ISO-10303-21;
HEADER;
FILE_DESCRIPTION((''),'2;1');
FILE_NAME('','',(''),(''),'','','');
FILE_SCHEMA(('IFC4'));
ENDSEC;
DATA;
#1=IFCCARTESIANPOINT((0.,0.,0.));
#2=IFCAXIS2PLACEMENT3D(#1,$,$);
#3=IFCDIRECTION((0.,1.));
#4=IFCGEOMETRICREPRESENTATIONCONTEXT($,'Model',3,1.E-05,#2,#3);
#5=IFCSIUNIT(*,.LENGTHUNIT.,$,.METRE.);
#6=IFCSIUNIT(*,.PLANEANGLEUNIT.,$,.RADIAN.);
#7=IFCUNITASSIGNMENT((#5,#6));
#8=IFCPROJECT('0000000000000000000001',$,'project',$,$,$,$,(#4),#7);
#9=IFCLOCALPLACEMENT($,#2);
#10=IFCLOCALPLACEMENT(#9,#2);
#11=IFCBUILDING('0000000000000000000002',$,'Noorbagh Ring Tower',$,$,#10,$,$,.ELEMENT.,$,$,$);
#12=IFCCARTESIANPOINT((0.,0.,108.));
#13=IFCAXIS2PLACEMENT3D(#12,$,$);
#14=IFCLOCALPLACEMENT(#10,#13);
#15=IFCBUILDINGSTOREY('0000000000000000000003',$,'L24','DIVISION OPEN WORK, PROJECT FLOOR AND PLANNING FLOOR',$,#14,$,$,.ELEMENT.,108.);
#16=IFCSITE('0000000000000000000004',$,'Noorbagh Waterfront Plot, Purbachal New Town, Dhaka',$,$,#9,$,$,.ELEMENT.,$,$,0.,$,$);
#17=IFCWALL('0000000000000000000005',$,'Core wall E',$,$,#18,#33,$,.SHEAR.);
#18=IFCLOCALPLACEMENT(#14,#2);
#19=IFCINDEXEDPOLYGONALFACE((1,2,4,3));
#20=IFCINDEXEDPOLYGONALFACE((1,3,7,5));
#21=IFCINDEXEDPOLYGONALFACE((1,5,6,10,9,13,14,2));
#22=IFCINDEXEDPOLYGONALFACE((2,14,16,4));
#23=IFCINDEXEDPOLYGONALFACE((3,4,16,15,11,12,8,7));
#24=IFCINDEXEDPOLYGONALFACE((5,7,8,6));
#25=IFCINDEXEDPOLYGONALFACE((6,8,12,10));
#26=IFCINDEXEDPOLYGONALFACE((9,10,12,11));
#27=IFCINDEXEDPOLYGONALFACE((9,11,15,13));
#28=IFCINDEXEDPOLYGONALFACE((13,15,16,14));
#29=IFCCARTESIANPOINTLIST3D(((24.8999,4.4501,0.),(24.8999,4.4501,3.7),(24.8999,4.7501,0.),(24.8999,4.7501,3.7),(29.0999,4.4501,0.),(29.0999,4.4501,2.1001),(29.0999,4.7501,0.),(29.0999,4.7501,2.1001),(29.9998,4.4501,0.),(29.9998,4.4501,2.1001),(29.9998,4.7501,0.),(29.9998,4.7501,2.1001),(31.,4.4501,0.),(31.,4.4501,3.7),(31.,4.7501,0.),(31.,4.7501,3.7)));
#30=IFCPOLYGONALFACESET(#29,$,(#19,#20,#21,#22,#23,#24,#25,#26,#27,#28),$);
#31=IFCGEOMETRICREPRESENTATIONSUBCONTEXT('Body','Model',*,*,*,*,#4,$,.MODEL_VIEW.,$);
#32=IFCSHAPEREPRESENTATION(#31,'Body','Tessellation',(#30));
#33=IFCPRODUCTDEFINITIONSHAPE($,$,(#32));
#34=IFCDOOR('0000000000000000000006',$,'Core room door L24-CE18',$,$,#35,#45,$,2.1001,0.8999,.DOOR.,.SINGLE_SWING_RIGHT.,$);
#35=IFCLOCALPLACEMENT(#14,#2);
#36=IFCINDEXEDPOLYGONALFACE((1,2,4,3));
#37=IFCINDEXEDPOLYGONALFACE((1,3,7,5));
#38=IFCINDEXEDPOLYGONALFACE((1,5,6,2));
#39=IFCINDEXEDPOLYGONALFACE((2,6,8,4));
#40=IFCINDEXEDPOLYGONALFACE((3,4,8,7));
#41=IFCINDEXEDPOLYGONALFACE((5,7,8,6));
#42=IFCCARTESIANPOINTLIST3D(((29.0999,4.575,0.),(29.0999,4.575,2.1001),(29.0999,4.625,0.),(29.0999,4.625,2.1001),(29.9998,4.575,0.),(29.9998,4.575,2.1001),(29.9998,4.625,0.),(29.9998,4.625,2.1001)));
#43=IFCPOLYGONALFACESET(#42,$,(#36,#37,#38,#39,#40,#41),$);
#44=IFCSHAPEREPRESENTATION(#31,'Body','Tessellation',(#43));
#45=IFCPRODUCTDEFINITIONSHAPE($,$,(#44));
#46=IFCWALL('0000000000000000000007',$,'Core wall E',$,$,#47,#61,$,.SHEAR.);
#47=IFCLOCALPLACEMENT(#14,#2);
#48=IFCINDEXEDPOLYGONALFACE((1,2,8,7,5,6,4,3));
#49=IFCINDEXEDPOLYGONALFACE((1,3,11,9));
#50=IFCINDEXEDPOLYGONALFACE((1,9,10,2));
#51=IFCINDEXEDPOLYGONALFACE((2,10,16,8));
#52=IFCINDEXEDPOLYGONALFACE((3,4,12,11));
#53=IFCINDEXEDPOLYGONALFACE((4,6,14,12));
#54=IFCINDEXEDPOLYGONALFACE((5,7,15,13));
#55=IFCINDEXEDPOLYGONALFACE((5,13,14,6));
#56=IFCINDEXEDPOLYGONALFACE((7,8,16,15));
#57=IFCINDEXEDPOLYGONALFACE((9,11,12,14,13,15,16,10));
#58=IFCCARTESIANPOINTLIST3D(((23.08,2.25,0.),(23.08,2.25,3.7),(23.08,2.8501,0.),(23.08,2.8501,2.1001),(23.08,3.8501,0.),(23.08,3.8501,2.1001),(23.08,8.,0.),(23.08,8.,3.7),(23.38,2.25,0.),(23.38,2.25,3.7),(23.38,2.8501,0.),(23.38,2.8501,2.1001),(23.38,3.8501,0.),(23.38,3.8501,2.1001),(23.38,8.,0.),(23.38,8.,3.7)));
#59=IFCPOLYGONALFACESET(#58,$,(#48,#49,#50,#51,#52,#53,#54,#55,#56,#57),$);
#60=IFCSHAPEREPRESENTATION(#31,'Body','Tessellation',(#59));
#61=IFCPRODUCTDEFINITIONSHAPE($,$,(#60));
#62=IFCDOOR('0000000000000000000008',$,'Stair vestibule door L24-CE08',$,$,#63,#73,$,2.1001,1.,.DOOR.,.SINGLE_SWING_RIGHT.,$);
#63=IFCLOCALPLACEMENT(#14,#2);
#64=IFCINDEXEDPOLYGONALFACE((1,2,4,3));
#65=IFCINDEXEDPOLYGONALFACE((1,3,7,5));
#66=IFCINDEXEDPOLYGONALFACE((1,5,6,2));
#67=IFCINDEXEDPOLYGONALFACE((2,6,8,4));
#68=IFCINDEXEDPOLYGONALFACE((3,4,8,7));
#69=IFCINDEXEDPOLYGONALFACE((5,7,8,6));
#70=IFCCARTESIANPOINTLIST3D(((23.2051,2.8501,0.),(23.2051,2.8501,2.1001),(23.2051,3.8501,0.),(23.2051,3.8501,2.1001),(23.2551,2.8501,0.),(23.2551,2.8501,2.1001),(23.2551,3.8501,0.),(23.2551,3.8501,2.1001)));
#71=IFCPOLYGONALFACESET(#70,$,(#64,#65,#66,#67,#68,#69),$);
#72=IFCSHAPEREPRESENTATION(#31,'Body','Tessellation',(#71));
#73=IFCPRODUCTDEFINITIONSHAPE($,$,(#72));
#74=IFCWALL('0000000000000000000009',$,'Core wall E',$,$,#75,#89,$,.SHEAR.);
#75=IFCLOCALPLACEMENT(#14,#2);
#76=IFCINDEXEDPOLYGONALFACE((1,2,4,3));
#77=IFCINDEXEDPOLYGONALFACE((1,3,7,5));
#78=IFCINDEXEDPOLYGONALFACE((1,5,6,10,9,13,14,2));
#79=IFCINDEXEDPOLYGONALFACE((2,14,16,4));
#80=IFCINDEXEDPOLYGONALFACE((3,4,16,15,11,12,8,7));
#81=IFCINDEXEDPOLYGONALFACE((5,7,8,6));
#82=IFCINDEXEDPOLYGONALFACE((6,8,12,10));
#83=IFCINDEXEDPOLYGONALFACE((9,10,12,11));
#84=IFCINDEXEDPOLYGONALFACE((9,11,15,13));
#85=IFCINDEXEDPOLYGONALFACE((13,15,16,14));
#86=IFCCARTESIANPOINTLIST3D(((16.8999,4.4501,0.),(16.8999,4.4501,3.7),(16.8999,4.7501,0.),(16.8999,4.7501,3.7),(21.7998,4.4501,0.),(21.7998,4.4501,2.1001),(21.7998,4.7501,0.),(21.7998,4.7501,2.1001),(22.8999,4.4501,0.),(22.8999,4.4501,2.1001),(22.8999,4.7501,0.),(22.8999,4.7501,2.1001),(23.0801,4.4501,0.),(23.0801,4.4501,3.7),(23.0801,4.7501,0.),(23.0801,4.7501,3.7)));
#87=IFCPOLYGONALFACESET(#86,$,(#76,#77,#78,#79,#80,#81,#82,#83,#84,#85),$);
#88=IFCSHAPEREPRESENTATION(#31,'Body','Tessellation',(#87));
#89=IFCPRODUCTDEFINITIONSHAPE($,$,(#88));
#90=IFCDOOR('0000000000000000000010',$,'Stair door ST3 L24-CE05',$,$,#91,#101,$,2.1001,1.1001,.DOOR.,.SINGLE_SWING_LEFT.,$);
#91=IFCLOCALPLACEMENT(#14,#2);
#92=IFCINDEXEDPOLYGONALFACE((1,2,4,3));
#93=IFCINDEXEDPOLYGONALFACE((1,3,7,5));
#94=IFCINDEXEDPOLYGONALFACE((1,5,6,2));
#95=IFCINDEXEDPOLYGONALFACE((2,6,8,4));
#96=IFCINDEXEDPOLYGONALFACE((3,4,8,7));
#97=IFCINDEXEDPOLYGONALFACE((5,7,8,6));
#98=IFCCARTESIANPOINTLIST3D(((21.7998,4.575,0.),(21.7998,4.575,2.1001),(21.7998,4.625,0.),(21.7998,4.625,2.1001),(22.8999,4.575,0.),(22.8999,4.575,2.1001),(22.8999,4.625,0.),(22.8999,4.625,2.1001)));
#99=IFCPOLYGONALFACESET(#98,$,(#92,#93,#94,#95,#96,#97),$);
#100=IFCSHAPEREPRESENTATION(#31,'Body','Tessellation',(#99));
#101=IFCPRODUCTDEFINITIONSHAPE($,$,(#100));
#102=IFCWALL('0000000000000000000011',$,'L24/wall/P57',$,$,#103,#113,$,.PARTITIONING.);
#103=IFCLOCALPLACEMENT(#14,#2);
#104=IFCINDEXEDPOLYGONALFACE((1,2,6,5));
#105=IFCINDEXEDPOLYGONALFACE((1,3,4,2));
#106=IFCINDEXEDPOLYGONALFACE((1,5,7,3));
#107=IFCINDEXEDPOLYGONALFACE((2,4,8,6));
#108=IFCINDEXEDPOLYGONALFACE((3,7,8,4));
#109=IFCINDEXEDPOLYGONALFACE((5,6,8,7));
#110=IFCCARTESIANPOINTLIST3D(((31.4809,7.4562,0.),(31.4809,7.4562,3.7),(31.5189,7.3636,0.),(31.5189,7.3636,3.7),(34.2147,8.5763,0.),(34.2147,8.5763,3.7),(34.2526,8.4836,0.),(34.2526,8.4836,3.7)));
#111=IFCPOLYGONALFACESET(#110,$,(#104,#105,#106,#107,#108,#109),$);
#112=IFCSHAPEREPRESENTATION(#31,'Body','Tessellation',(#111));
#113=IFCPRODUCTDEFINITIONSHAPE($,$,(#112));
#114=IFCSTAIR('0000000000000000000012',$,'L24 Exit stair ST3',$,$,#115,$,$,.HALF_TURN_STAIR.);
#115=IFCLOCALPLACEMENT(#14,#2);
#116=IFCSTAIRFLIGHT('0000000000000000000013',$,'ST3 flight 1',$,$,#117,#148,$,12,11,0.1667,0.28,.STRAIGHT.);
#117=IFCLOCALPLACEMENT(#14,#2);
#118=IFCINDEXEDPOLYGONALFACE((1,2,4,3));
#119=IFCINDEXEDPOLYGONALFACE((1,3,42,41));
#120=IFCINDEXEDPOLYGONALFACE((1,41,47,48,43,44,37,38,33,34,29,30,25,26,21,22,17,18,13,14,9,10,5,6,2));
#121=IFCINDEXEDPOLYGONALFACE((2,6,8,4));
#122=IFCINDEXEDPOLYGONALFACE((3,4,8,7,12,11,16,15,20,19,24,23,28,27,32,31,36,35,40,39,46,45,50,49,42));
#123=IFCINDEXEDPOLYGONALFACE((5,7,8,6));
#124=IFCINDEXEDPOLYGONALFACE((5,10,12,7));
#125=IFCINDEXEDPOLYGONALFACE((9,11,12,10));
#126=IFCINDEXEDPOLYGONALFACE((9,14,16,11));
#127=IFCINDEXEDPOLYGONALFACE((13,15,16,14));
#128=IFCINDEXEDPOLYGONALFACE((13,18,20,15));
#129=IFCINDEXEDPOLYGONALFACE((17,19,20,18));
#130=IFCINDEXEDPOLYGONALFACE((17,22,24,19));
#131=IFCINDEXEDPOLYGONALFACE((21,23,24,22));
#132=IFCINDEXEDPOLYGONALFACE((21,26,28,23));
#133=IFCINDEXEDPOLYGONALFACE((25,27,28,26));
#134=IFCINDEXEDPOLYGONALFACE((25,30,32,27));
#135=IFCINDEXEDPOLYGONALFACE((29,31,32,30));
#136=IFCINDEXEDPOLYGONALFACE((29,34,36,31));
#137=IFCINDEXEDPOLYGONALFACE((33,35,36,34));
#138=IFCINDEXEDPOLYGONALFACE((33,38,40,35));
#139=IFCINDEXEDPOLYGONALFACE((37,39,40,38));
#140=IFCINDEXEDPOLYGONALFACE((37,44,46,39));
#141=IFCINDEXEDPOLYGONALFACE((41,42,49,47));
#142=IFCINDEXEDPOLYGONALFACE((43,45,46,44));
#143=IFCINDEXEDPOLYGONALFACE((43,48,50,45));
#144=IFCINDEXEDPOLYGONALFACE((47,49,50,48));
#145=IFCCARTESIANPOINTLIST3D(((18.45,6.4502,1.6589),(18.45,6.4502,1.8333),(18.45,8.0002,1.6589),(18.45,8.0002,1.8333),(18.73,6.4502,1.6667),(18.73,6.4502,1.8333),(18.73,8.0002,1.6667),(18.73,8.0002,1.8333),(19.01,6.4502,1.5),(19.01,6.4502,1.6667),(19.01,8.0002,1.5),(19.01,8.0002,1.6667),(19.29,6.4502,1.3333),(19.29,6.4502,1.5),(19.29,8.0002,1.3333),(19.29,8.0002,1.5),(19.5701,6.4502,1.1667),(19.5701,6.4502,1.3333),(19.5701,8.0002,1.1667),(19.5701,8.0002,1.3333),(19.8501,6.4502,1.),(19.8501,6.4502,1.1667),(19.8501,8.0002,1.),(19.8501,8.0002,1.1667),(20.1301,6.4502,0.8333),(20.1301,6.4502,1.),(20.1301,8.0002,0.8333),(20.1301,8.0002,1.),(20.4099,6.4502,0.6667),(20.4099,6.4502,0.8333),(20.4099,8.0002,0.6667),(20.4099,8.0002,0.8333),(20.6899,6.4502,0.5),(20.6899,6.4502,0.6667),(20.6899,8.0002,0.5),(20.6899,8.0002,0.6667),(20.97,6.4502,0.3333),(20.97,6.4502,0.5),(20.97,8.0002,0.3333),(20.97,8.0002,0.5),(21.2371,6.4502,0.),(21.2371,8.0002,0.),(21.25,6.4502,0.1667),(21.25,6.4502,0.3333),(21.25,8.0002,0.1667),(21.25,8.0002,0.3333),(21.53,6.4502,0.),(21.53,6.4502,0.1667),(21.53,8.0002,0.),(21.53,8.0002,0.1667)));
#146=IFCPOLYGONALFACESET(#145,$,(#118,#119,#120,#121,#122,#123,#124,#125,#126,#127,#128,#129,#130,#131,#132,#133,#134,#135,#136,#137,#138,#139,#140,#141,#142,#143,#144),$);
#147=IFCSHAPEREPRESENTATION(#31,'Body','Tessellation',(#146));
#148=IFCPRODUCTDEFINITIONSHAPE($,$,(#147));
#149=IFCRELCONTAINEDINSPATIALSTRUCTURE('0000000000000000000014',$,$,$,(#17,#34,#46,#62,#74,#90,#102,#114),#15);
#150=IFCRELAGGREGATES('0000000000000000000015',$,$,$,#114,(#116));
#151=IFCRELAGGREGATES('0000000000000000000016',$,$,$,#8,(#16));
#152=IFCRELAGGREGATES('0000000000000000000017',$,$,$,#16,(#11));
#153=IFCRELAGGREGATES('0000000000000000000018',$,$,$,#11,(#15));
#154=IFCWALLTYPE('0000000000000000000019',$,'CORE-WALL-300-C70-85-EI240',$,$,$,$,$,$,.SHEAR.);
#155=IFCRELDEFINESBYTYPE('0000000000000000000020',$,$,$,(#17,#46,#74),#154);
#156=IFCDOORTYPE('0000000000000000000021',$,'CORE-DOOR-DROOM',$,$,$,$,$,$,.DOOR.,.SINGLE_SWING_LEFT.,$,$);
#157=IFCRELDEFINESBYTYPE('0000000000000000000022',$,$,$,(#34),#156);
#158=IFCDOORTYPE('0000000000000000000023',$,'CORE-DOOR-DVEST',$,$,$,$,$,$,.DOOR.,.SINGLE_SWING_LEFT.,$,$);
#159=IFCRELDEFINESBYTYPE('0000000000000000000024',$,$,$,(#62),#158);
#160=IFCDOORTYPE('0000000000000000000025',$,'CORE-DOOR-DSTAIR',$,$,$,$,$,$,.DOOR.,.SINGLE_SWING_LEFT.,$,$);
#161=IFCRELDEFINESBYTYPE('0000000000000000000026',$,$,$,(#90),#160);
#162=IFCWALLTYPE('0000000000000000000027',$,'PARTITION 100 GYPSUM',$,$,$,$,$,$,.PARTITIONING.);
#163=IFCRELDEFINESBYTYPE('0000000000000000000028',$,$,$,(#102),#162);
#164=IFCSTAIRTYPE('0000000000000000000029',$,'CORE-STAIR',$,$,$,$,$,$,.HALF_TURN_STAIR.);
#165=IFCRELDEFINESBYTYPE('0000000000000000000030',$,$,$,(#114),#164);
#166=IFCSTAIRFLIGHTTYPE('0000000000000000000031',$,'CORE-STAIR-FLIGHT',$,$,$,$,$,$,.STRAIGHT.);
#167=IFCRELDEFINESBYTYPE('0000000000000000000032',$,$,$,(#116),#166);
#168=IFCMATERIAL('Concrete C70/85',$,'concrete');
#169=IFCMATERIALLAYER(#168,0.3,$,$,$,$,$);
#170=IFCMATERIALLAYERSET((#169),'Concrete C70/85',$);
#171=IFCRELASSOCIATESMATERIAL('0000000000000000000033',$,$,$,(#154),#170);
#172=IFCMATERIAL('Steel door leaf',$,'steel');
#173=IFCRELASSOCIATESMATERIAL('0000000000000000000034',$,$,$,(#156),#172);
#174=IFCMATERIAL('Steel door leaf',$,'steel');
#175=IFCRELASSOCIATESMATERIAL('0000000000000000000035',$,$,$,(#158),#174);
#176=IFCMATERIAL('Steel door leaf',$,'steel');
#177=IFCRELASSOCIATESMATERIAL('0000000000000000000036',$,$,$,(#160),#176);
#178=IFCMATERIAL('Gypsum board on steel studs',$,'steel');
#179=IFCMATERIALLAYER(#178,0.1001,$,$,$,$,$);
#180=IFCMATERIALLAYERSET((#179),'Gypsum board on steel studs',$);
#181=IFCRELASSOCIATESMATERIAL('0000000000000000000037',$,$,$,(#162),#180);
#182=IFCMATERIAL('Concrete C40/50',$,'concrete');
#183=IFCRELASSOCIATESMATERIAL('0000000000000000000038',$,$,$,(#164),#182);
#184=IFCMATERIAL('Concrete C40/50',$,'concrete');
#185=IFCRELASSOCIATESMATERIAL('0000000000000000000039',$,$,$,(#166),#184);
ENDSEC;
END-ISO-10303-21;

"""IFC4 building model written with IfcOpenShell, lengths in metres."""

from ifc_helpers import new_model, si_unit, direction, frame, frame_2d, origin, place, context, subcontext, project, spatial, polyline, rectangle, outline, extrude, material, layer, layer_set, type_object, element, fill, aggregate, save


model = new_model("IFC4")

# Units and contexts
model_context = context("Model", 3, precision=1e-05, world=origin(), true_north=direction((0.0, 1.0)))
body_context = subcontext(model_context, "Body", "Model", "MODEL_VIEW")
ifc_project = project(units=[si_unit("LENGTHUNIT", "METRE"), si_unit("PLANEANGLEUNIT", "RADIAN")], contexts=[model_context])

# Site, building, storey
site_placement = place(None, origin())
site = spatial("IfcSite", under=ifc_project, at=site_placement, Name="Noorbagh Waterfront Plot, Purbachal New Town, Dhaka", CompositionType="ELEMENT", RefElevation=0.0)
building_placement = place(site_placement, origin())
building = spatial("IfcBuilding", under=site, at=building_placement, Name="Noorbagh Ring Tower", CompositionType="ELEMENT")
storey_placement = place(building_placement, frame((0.0, 0.0, 108.0)))
storey = spatial("IfcBuildingStorey", under=building, at=storey_placement, Name="L24", Description="DIVISION OPEN WORK, PROJECT FLOOR AND PLANNING FLOOR", CompositionType="ELEMENT", Elevation=108.0)

# Walls, openings, doors
ifc_material_1 = material(Name="Concrete C70/85", Category="concrete")
ifc_layer_1 = layer(ifc_material_1, 0.3)
ifc_layer_set_1 = layer_set([ifc_layer_1], Name="Concrete C70/85")
wall_type_1 = type_object("IfcWallType", Name="CORE-WALL-300-C70-85-EI240", PredefinedType="SHEAR", material=ifc_layer_set_1)
wall_1_placement = place(storey_placement, frame((24.8999, 4.6001, 0.0), z_axis=(0.0, 0.0, 1.0), x_axis=(1.0, 0.0, 0.0)))
wall_1 = element("IfcWall", 1, at=wall_1_placement, inside=storey, type_object=wall_type_1, Name="Core wall E", PredefinedType="SHEAR", context=body_context, shape_type="SweptSolid", body=[
    extrude(rectangle(XDim=6.1001, YDim=0.3, at=frame_2d((3.05, 0.0))), origin(), (0.0, 0.0, 1.0), 3.7),
])
opening_1_placement = place(wall_1_placement, frame((4.2, 0.0, 0.0)))
opening_1 = element("IfcOpeningElement", 2, at=opening_1_placement, cuts=wall_1, PredefinedType="OPENING", context=body_context, shape_type="SweptSolid", body=[
    extrude(rectangle(XDim=0.8999, YDim=2.1001, at=frame_2d((0.45, 1.05))), frame((0.0, 0.1602, 0.0), z_axis=(0.0, -1.0, 0.0), x_axis=(1.0, 0.0, 0.0)), (0.0, 0.0, 1.0), 0.3201),
])
ifc_material_2 = material(Name="Steel door leaf", Category="steel")
door_type_1 = type_object("IfcDoorType", Name="CORE-DOOR-DROOM", OperationType="SINGLE_SWING_LEFT", PredefinedType="DOOR", material=ifc_material_2)
door_1_placement = place(opening_1_placement, origin())
door_1 = element("IfcDoor", 3, at=door_1_placement, inside=storey, type_object=door_type_1, Name="Core room door L24-CE18", OperationType="SINGLE_SWING_RIGHT", OverallHeight=2.1001, OverallWidth=0.8999, PredefinedType="DOOR", context=body_context, shape_type="SweptSolid", body=[
    extrude(rectangle(XDim=0.8999, YDim=2.1001, at=frame_2d((0.45, 1.05))), frame((0.0, 0.0249, 0.0), z_axis=(0.0, -1.0, 0.0), x_axis=(1.0, 0.0, 0.0)), (0.0, 0.0, 1.0), 0.05),
])
fill(opening_1, door_1)
wall_2_placement = place(storey_placement, frame((23.23, 2.25, 0.0), z_axis=(0.0, 0.0, 1.0), x_axis=(0.0, 1.0, 0.0)))
wall_2 = element("IfcWall", 4, at=wall_2_placement, inside=storey, type_object=wall_type_1, Name="Core wall E", PredefinedType="SHEAR", context=body_context, shape_type="SweptSolid", body=[
    extrude(rectangle(XDim=5.75, YDim=0.3, at=frame_2d((2.875, 0.0))), origin(), (0.0, 0.0, 1.0), 3.7),
])
opening_2_placement = place(wall_2_placement, frame((0.6001, 0.0, 0.0)))
opening_2 = element("IfcOpeningElement", 5, at=opening_2_placement, cuts=wall_2, PredefinedType="OPENING", context=body_context, shape_type="SweptSolid", body=[
    extrude(rectangle(XDim=1.0, YDim=2.1001, at=frame_2d((0.5, 1.05))), frame((0.0, 0.1602, 0.0), z_axis=(0.0, -1.0, 0.0), x_axis=(1.0, 0.0, 0.0)), (0.0, 0.0, 1.0), 0.3201),
])
ifc_material_3 = material(Name="Steel door leaf", Category="steel")
door_type_2 = type_object("IfcDoorType", Name="CORE-DOOR-DVEST", OperationType="SINGLE_SWING_LEFT", PredefinedType="DOOR", material=ifc_material_3)
door_2_placement = place(opening_2_placement, origin())
door_2 = element("IfcDoor", 6, at=door_2_placement, inside=storey, type_object=door_type_2, Name="Stair vestibule door L24-CE08", OperationType="SINGLE_SWING_RIGHT", OverallHeight=2.1001, OverallWidth=1.0, PredefinedType="DOOR", context=body_context, shape_type="SweptSolid", body=[
    extrude(rectangle(XDim=1.0, YDim=2.1001, at=frame_2d((0.5, 1.05))), frame((0.0, 0.0249, 0.0), z_axis=(0.0, -1.0, 0.0), x_axis=(1.0, 0.0, 0.0)), (0.0, 0.0, 1.0), 0.05),
])
fill(opening_2, door_2)
wall_3_placement = place(storey_placement, frame((16.8999, 4.6001, 0.0), z_axis=(0.0, 0.0, 1.0), x_axis=(1.0, 0.0, 0.0)))
wall_3 = element("IfcWall", 7, at=wall_3_placement, inside=storey, type_object=wall_type_1, Name="Core wall E", PredefinedType="SHEAR", context=body_context, shape_type="SweptSolid", body=[
    extrude(rectangle(XDim=6.1802, YDim=0.3, at=frame_2d((3.0901, 0.0))), origin(), (0.0, 0.0, 1.0), 3.7),
])
opening_3_placement = place(wall_3_placement, frame((4.8999, 0.0, 0.0)))
opening_3 = element("IfcOpeningElement", 8, at=opening_3_placement, cuts=wall_3, PredefinedType="OPENING", context=body_context, shape_type="SweptSolid", body=[
    extrude(rectangle(XDim=1.1001, YDim=2.1001, at=frame_2d((0.55, 1.05))), frame((0.0, 0.1602, 0.0), z_axis=(0.0, -1.0, 0.0), x_axis=(1.0, 0.0, 0.0)), (0.0, 0.0, 1.0), 0.3201),
])
ifc_material_4 = material(Name="Steel door leaf", Category="steel")
door_type_3 = type_object("IfcDoorType", Name="CORE-DOOR-DSTAIR", OperationType="SINGLE_SWING_LEFT", PredefinedType="DOOR", material=ifc_material_4)
door_3_placement = place(opening_3_placement, origin())
door_3 = element("IfcDoor", 9, at=door_3_placement, inside=storey, type_object=door_type_3, Name="Stair door ST3 L24-CE05", OperationType="SINGLE_SWING_LEFT", OverallHeight=2.1001, OverallWidth=1.1001, PredefinedType="DOOR", context=body_context, shape_type="SweptSolid", body=[
    extrude(rectangle(XDim=1.1001, YDim=2.1001, at=frame_2d((0.55, 1.05))), frame((0.0, 0.0249, 0.0), z_axis=(0.0, -1.0, 0.0), x_axis=(1.0, 0.0, 0.0)), (0.0, 0.0, 1.0), 0.05),
])
fill(opening_3, door_3)

# Wall
ifc_material_5 = material(Name="Gypsum board on steel studs", Category="steel")
ifc_layer_2 = layer(ifc_material_5, 0.1001)
ifc_layer_set_2 = layer_set([ifc_layer_2], Name="Gypsum board on steel studs")
wall_type_2 = type_object("IfcWallType", Name="PARTITION 100 GYPSUM", PredefinedType="PARTITIONING", material=ifc_layer_set_2)
wall_4_placement = place(storey_placement, frame((31.5, 7.4099, 0.0), z_axis=(0.0, 0.0, 1.0), x_axis=(0.925344, 0.379128, 0.0)))
element("IfcWall", 10, at=wall_4_placement, inside=storey, type_object=wall_type_2, Name="L24/wall/P57", PredefinedType="PARTITIONING", context=body_context, shape_type="SweptSolid", body=[
    extrude(rectangle(XDim=2.9543, YDim=0.1001, at=frame_2d((1.4771, 0.0))), origin(), (0.0, 0.0, 1.0), 3.7),
])

# Stair, stair flight
ifc_material_6 = material(Name="Concrete C40/50", Category="concrete")
stair_type = type_object("IfcStairType", Name="CORE-STAIR", PredefinedType="HALF_TURN_STAIR", material=ifc_material_6)
stair_placement = place(storey_placement, origin())
stair = element("IfcStair", 11, at=stair_placement, inside=storey, type_object=stair_type, Name="L24 Exit stair ST3", PredefinedType="HALF_TURN_STAIR")
ifc_material_7 = material(Name="Concrete C40/50", Category="concrete")
stair_flight_type = type_object("IfcStairFlightType", Name="CORE-STAIR-FLIGHT", PredefinedType="STRAIGHT", material=ifc_material_7)
stair_flight_1_placement = place(storey_placement, frame((21.53, 7.2251, 0.0), z_axis=(0.0, 0.0, 1.0), x_axis=(-1.0, 0.0, 0.0)))
stair_flight_1 = element("IfcStairFlight", 12, at=stair_flight_1_placement, type_object=stair_flight_type, Name="ST3 flight 1", NumberOfRisers=12, NumberOfTreads=11, PredefinedType="STRAIGHT", RiserHeight=0.1667, TreadLength=0.28, context=body_context, shape_type="SweptSolid", body=[
    extrude(outline(polyline([(0.0, 0.0), (0.0, 0.1667), (0.28, 0.1667), (0.28, 0.3333), (0.5601, 0.3333), (0.5601, 0.5), (0.8401, 0.5), (0.8401, 0.6667), (1.1201, 0.6667), (1.1201, 0.8333), (1.3999, 0.8333), (1.3999, 1.0), (1.6799, 1.0), (1.6799, 1.1667), (1.96, 1.1667), (1.96, 1.3333), (2.24, 1.3333), (2.24, 1.5), (2.52, 1.5), (2.52, 1.6667), (2.8, 1.6667), (2.8, 1.8333), (3.0801, 1.8333), (3.0801, 2.0), (3.0801, 1.6589), (0.293, 0.0), (0.0, 0.0)])), frame((0.0, 0.7749, 0.0), z_axis=(0.0, -1.0, 0.0), x_axis=(1.0, 0.0, 0.0)), (0.0, 0.0, 1.0), 1.55),
])
aggregate(stair, [stair_flight_1])

save(model, "model.ifc")
